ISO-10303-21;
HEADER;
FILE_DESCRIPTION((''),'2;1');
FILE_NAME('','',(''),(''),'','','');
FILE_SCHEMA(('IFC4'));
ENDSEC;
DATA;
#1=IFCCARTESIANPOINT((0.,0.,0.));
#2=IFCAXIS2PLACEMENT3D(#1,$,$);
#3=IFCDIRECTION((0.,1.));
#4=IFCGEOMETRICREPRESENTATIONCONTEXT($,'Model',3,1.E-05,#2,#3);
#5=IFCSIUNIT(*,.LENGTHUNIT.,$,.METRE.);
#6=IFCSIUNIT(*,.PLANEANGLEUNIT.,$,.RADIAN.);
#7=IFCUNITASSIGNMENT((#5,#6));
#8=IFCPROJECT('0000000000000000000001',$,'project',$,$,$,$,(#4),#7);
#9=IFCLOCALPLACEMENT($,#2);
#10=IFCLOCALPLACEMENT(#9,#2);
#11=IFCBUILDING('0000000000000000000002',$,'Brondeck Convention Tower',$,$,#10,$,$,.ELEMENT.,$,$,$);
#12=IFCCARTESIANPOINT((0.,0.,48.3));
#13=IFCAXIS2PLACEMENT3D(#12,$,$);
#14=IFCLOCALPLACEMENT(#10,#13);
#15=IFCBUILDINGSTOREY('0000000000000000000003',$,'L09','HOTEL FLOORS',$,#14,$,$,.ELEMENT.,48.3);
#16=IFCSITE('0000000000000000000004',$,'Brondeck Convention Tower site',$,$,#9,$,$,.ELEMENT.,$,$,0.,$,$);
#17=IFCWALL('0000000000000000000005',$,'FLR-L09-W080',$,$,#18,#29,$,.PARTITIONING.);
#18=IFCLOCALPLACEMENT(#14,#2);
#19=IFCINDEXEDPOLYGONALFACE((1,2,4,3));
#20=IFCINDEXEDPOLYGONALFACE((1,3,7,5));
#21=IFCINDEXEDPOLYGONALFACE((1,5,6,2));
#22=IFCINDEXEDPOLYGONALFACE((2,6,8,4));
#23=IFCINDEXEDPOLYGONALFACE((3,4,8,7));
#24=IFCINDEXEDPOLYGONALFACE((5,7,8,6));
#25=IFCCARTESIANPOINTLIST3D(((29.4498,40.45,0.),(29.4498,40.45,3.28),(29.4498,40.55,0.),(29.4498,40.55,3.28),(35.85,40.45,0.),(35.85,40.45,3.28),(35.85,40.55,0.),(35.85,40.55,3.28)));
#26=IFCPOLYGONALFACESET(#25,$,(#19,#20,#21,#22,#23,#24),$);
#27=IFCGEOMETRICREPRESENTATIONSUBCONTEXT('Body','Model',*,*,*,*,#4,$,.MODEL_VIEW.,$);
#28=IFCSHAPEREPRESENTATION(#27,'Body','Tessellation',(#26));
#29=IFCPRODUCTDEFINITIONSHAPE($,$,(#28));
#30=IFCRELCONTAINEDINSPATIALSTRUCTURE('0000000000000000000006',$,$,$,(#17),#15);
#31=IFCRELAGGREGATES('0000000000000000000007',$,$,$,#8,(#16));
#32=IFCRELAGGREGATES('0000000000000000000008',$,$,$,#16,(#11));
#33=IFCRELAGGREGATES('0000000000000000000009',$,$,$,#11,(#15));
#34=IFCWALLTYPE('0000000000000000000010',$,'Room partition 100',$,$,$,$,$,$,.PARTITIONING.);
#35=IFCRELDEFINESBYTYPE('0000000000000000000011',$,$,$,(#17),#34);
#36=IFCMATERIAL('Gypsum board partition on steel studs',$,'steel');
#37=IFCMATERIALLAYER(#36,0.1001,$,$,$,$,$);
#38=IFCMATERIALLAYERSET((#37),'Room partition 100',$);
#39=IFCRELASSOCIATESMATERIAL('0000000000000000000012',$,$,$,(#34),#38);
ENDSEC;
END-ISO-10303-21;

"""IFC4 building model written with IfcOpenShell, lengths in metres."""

from ifc_helpers import new_model, si_unit, direction, frame, frame_2d, origin, place, context, subcontext, project, spatial, rectangle, extrude, material, layer, layer_set, type_object, element, save


model = new_model("IFC4")

# Units and contexts
model_context = context("Model", 3, precision=1e-05, world=origin(), true_north=direction((0.0, 1.0)))
body_context = subcontext(model_context, "Body", "Model", "MODEL_VIEW")
ifc_project = project(units=[si_unit("LENGTHUNIT", "METRE"), si_unit("PLANEANGLEUNIT", "RADIAN")], contexts=[model_context])

# Site, building, storey
site_placement = place(None, origin())
site = spatial("IfcSite", under=ifc_project, at=site_placement, Name="Brondeck Convention Tower site", CompositionType="ELEMENT", RefElevation=0.0)
building_placement = place(site_placement, origin())
building = spatial("IfcBuilding", under=site, at=building_placement, Name="Brondeck Convention Tower", CompositionType="ELEMENT")
storey_placement = place(building_placement, frame((0.0, 0.0, 48.3)))
storey = spatial("IfcBuildingStorey", under=building, at=storey_placement, Name="L09", Description="HOTEL FLOORS", CompositionType="ELEMENT", Elevation=48.3)

# Shared definitions
ifc_material_1 = material(Name="Gypsum board partition on steel studs", Category="steel")
ifc_layer_1 = layer(ifc_material_1, 0.1001)
ifc_layer_set_1 = layer_set([ifc_layer_1], Name="Room partition 100")
wall_type_1 = type_object("IfcWallType", Name="Room partition 100", PredefinedType="PARTITIONING", material=ifc_layer_set_1)

# Wall
wall_1_placement = place(storey_placement, frame((35.8501, 40.5, 0.0), z_axis=(0.0, 0.0, 1.0), x_axis=(-1.0, 0.0, 0.0)))
element("IfcWall", 1, at=wall_1_placement, inside=storey, type_object=wall_type_1, Name="FLR-L09-W080", PredefinedType="PARTITIONING", context=body_context, shape_type="SweptSolid", body=[
    extrude(rectangle(XDim=6.4001, YDim=0.1001, at=frame_2d((3.2002, 0.0))), origin(), (0.0, 0.0, 1.0), 3.28),
])

save(model, "model.ifc")
